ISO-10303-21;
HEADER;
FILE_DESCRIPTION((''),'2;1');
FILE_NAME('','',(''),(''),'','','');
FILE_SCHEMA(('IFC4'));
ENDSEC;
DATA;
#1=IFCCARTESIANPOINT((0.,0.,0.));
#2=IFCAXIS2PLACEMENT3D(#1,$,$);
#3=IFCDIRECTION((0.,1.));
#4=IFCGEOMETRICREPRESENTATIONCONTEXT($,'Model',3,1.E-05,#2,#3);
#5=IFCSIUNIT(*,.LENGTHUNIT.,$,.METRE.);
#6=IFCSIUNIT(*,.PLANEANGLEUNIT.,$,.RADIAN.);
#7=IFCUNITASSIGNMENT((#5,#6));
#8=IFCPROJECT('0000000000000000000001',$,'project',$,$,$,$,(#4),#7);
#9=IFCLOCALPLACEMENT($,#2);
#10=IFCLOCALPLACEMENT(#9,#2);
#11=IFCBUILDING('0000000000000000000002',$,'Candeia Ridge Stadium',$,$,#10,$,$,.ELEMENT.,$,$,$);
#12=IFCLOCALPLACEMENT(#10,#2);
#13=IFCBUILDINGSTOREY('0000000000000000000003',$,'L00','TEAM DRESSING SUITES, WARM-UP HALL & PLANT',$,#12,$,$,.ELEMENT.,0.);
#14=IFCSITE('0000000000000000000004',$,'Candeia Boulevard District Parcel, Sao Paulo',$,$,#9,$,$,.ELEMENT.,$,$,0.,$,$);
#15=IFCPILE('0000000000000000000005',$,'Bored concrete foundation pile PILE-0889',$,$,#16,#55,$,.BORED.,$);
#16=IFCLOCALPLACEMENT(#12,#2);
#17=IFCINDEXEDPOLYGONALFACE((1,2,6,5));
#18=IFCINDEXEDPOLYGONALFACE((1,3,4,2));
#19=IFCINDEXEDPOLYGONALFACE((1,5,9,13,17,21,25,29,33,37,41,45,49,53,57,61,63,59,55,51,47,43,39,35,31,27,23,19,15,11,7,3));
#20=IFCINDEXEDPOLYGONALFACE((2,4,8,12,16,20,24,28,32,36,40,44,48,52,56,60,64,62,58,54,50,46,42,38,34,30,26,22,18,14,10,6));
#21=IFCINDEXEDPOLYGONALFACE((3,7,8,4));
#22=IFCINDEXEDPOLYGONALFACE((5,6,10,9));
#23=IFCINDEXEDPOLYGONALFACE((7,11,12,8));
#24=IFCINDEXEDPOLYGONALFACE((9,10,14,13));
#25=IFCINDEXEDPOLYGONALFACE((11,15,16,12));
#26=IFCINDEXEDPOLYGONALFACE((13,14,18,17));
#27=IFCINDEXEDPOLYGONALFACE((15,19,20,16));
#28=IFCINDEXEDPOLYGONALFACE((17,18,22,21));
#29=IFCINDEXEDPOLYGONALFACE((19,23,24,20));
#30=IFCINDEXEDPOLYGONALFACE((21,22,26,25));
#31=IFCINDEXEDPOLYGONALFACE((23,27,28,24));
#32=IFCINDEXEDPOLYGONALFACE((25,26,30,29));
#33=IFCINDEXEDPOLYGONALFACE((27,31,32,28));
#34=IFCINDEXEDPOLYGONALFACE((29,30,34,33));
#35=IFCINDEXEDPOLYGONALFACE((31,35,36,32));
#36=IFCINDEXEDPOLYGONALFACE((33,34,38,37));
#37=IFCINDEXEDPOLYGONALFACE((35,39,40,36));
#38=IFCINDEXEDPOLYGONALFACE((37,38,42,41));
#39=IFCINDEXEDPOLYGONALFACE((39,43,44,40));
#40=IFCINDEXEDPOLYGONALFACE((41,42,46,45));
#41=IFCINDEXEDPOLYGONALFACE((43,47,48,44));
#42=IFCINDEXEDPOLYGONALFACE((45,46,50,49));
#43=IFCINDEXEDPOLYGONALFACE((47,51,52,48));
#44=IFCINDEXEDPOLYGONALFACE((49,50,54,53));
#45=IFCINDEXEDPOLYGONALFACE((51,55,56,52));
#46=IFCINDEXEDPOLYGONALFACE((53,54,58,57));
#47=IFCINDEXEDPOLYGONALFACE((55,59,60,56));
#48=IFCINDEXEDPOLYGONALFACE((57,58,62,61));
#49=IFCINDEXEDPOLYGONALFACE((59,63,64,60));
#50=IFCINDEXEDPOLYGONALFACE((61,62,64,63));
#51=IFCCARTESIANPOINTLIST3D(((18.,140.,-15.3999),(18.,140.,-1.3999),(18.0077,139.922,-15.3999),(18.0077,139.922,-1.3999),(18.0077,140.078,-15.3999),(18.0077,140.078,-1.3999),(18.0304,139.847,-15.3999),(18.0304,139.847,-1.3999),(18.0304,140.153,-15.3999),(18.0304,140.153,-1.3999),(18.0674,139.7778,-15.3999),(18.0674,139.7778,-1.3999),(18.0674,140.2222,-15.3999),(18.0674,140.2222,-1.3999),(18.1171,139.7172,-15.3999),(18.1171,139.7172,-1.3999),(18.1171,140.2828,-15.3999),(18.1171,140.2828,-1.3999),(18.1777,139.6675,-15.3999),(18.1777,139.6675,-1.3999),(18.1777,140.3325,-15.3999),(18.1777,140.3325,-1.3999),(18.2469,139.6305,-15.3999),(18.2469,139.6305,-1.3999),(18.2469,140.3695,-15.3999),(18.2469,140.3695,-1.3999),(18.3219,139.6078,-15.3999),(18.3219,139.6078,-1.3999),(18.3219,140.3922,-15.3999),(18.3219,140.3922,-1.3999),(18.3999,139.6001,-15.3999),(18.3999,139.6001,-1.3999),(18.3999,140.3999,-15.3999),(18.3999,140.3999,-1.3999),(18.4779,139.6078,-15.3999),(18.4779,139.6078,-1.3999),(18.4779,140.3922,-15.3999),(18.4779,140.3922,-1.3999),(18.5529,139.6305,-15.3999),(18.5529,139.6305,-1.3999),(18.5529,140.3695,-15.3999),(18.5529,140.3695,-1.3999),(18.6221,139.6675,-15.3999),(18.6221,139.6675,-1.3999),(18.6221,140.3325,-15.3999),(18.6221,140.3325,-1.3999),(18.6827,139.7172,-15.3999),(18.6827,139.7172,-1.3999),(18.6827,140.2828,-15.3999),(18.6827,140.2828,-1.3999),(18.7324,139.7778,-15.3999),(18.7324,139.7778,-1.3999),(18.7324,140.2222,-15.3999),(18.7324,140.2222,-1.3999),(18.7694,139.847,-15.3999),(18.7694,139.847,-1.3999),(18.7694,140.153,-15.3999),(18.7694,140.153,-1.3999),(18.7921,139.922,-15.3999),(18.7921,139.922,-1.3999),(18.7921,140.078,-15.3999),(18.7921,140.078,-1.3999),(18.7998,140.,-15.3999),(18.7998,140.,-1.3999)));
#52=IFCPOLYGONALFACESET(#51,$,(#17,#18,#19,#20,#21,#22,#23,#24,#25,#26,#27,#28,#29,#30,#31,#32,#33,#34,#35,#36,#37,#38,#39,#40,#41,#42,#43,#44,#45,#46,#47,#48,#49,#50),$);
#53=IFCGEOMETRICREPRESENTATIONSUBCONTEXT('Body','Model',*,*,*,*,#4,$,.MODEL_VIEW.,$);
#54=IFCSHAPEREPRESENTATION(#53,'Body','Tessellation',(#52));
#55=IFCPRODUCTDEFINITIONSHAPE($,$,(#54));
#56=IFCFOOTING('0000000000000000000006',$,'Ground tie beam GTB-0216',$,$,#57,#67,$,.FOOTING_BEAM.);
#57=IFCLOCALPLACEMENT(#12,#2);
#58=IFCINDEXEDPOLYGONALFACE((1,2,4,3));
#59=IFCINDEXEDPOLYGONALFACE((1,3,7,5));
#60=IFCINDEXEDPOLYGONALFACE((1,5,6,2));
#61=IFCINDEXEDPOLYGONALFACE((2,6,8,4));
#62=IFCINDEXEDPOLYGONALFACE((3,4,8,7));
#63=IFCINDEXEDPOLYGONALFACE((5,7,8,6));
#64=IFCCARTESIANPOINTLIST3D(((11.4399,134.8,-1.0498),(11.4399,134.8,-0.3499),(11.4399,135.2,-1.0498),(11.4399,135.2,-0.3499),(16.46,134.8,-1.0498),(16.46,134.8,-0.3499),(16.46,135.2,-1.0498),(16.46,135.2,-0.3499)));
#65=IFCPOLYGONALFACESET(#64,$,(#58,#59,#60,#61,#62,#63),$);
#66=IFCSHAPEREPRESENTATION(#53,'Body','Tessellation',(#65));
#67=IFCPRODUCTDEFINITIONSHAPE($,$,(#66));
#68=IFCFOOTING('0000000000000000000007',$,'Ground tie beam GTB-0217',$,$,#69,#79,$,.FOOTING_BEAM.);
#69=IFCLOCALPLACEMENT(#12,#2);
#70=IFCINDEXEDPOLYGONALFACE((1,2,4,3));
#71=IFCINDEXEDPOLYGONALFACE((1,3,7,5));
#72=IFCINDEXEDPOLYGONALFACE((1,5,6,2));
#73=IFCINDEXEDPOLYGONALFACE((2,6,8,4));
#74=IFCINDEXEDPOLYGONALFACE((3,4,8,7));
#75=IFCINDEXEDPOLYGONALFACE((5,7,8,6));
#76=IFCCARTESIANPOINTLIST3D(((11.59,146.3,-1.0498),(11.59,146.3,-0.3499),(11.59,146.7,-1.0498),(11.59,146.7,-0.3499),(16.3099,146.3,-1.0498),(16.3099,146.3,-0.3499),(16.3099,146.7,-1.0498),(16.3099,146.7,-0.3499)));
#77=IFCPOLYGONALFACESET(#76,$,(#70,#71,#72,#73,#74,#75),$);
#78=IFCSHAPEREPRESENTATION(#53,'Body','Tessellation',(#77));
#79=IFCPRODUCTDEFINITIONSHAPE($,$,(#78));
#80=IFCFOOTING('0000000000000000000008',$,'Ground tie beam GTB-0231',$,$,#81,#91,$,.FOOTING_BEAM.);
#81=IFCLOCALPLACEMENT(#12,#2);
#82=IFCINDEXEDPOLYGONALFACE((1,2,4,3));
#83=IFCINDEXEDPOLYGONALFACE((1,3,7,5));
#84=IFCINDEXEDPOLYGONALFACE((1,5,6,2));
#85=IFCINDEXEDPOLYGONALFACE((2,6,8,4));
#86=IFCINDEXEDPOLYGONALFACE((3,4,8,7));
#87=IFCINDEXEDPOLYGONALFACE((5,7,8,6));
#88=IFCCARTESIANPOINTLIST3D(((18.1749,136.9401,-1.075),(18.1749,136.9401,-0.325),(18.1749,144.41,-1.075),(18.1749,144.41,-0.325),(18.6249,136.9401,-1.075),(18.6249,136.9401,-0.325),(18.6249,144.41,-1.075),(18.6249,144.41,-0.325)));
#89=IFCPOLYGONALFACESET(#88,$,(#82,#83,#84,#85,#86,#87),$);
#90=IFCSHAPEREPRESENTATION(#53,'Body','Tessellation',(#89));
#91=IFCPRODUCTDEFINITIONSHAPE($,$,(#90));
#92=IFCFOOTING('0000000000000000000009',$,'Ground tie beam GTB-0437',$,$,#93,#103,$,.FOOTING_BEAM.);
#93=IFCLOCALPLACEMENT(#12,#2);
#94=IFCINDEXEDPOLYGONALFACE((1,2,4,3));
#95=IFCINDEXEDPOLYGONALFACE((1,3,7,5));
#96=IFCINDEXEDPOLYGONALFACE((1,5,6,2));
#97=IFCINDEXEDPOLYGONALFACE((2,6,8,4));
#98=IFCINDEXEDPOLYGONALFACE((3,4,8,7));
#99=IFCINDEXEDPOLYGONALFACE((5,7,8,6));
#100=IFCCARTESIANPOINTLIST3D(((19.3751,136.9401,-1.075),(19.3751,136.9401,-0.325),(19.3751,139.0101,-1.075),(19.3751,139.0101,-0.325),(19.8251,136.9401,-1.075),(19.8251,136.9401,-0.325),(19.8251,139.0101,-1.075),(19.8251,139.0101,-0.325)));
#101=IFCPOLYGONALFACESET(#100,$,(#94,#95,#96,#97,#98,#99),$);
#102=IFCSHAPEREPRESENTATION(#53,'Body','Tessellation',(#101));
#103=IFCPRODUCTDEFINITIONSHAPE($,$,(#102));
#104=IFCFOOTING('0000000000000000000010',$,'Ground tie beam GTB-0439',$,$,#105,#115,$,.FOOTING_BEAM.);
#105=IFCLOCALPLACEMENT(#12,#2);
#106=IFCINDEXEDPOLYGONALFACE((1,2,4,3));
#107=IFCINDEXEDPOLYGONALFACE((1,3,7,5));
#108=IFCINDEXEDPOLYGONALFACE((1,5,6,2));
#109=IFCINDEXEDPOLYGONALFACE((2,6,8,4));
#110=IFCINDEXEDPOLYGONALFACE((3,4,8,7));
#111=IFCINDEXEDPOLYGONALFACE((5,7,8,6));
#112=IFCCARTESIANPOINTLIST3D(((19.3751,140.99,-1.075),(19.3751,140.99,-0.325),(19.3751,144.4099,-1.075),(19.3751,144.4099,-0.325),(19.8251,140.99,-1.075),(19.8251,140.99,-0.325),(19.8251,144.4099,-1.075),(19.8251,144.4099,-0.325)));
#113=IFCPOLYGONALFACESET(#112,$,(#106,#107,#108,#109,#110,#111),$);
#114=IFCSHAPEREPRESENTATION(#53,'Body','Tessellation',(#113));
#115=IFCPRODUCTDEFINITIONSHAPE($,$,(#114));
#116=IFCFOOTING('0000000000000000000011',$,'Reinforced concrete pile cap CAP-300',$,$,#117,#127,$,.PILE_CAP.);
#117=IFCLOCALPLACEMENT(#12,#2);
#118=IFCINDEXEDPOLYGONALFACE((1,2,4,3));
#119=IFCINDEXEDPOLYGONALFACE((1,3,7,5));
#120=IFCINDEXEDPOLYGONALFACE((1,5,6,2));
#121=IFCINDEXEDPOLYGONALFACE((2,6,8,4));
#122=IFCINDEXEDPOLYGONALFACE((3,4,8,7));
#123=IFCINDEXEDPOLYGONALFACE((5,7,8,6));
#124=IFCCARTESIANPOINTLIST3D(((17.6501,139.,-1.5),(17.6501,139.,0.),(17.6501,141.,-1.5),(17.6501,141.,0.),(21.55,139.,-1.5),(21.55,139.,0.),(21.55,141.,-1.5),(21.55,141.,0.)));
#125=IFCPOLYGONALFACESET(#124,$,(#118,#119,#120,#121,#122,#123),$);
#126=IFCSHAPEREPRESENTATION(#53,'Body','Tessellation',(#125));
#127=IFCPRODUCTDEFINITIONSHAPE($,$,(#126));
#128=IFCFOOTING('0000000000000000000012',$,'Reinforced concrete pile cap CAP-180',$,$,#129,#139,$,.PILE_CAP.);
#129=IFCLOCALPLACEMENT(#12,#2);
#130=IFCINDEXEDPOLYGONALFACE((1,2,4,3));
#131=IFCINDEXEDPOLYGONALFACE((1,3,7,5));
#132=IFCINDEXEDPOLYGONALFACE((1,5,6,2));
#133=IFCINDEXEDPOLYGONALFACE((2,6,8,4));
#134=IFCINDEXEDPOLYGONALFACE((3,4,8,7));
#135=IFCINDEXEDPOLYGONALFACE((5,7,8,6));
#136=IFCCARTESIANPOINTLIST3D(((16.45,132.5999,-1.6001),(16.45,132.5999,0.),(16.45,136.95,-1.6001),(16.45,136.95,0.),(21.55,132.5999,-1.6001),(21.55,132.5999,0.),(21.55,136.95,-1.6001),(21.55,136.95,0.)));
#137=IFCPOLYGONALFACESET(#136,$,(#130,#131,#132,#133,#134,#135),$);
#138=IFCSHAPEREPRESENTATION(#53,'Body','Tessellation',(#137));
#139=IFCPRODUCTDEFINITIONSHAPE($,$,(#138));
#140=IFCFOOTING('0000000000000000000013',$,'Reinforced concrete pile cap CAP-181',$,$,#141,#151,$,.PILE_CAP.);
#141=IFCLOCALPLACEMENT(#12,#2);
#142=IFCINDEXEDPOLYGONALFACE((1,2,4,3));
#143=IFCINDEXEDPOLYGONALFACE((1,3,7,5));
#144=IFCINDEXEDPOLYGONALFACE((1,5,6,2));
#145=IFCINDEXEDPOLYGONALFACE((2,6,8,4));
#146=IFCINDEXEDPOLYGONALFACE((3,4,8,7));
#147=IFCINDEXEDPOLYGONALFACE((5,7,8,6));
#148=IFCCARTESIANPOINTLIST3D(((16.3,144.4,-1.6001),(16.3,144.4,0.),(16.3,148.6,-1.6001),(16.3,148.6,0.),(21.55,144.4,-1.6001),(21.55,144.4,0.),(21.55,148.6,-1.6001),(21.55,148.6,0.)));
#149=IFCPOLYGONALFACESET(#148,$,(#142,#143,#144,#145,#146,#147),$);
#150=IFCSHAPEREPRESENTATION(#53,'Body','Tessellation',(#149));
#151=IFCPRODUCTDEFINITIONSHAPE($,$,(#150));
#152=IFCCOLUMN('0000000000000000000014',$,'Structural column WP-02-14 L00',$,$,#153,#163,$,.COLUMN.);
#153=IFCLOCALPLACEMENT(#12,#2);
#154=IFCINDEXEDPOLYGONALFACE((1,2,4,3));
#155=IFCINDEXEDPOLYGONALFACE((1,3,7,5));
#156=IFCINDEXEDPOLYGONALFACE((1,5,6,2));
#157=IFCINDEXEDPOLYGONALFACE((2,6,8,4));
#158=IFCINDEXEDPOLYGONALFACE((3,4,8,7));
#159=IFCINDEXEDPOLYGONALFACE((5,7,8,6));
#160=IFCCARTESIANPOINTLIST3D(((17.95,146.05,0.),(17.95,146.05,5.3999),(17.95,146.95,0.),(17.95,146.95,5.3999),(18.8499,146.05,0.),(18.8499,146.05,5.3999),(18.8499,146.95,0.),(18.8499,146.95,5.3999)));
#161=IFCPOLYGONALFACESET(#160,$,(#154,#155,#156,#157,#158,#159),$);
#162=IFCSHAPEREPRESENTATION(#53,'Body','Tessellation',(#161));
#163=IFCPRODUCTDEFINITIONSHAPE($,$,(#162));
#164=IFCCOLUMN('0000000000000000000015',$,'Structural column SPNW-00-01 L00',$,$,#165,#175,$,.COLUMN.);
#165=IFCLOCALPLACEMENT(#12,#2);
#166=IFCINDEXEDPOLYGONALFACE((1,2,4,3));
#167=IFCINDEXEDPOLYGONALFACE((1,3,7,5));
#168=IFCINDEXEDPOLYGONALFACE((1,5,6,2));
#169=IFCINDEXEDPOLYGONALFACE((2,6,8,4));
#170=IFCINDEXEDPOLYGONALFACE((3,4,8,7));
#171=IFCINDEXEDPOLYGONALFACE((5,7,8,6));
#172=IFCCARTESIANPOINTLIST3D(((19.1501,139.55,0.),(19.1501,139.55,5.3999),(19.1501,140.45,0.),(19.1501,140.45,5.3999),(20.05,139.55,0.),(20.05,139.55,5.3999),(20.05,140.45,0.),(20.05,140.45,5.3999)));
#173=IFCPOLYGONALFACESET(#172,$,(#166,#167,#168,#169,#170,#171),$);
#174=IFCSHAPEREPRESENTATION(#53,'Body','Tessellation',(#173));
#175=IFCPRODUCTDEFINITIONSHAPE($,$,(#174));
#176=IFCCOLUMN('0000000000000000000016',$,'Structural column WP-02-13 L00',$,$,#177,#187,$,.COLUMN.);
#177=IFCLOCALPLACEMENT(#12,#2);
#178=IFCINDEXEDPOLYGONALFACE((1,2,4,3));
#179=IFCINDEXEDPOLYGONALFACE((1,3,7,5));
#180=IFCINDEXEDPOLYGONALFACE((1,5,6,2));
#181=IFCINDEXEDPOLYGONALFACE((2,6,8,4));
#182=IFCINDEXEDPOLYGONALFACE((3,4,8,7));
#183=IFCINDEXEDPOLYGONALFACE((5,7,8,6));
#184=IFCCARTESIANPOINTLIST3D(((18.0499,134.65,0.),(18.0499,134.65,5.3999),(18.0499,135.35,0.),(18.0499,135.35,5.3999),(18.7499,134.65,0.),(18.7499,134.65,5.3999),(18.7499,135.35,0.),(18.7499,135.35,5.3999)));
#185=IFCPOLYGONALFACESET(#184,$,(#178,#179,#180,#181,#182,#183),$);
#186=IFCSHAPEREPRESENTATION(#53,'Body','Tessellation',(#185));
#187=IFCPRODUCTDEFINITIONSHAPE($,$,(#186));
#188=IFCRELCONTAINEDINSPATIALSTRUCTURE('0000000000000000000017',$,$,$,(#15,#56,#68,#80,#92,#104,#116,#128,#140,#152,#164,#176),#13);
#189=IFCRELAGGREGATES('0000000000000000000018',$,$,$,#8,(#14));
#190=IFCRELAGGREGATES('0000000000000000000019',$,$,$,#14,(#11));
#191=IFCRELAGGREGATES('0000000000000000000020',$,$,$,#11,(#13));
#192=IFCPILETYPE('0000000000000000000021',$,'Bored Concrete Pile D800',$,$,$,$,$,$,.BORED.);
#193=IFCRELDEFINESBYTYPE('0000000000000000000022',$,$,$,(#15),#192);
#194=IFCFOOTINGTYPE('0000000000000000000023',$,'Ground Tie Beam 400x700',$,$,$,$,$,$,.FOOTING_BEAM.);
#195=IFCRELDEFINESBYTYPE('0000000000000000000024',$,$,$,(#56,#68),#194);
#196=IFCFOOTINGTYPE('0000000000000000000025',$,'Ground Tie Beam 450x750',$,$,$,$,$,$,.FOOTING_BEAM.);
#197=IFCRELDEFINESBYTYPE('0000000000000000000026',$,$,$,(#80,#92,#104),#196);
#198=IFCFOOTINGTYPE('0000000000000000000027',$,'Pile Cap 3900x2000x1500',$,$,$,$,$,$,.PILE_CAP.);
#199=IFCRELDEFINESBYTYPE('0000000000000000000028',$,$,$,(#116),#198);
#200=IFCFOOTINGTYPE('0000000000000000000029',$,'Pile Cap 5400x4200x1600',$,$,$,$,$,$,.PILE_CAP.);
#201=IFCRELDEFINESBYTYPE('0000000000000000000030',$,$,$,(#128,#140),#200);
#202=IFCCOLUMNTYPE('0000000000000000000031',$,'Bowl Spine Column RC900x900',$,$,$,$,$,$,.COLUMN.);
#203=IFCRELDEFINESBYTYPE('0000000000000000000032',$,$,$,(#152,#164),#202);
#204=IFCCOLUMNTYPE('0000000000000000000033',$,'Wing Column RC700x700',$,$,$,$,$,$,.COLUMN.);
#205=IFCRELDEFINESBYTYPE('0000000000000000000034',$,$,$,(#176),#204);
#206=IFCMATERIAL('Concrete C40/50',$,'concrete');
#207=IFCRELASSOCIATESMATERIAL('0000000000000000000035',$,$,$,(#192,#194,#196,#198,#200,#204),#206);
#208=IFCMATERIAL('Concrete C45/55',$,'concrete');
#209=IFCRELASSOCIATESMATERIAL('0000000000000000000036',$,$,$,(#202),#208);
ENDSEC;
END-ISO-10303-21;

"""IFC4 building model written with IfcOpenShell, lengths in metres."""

from ifc_helpers import new_model, si_unit, direction, frame, origin, origin_2d, place, context, subcontext, project, spatial, rectangle, circle, extrude, material, material_profile, profile_set, type_object, element, save


model = new_model("IFC4")

# Units and contexts
model_context = context("Model", 3, precision=1e-05, world=origin(), true_north=direction((0.0, 1.0)))
body_context = subcontext(model_context, "Body", "Model", "MODEL_VIEW")
ifc_project = project(units=[si_unit("LENGTHUNIT", "METRE"), si_unit("PLANEANGLEUNIT", "RADIAN")], contexts=[model_context])

# Site, building, storey
site_placement = place(None, origin())
site = spatial("IfcSite", under=ifc_project, at=site_placement, Name="Candeia Boulevard District Parcel, Sao Paulo", CompositionType="ELEMENT", RefElevation=0.0)
building_placement = place(site_placement, origin())
building = spatial("IfcBuilding", under=site, at=building_placement, Name="Candeia Ridge Stadium", CompositionType="ELEMENT")
storey_placement = place(building_placement, origin())
storey = spatial("IfcBuildingStorey", under=building, at=storey_placement, Name="L00", Description="TEAM DRESSING SUITES, WARM-UP HALL & PLANT", CompositionType="ELEMENT", Elevation=0.0)

# Pile
ifc_material_1 = material(Name="Concrete C40/50", Category="concrete")
ifc_material_profile_1 = material_profile(ifc_material_1, circle(Radius=0.3999, at=origin_2d()), Name="PILE-D800", Category="concrete")
ifc_profile_set_1 = profile_set([ifc_material_profile_1], Name="Concrete C40/50")
pile_type = type_object("IfcPileType", Name="Bored Concrete Pile D800", PredefinedType="BORED", material=ifc_profile_set_1)
for number, where, z_axis, x_axis, name in (
    (1, (18.3999, 140.0, -1.3999), (0.0, 0.0, -1.0), (1.0, 0.0, 0.0), "Bored concrete foundation pile PILE-0889"),
):
    element("IfcPile", number, at=place(storey_placement, frame(where, z_axis=z_axis, x_axis=x_axis)), inside=storey, type_object=pile_type, Name=name, PredefinedType="BORED", context=body_context, shape_type="SweptSolid", body=[
        extrude(circle(Radius=0.3999, at=origin_2d()), origin(), (0.0, 0.0, 1.0), 14.0),
    ])

# Footings
footing_type_1 = type_object("IfcFootingType", Name="Ground Tie Beam 400x700", PredefinedType="FOOTING_BEAM", material=ifc_material_1)
footing_1_placement = place(storey_placement, frame((13.95, 135.0, -1.0498), z_axis=(0.0, 0.0, 1.0), x_axis=(1.0, 0.0, 0.0)))
element("IfcFooting", 2, at=footing_1_placement, inside=storey, type_object=footing_type_1, Name="Ground tie beam GTB-0216", PredefinedType="FOOTING_BEAM", context=body_context, shape_type="SweptSolid", body=[
    extrude(rectangle(XDim=5.02, YDim=0.3999, at=origin_2d()), origin(), (0.0, 0.0, 1.0), 0.7),
])
footing_2_placement = place(storey_placement, frame((13.95, 146.5, -1.0498), z_axis=(0.0, 0.0, 1.0), x_axis=(1.0, 0.0, 0.0)))
element("IfcFooting", 3, at=footing_2_placement, inside=storey, type_object=footing_type_1, Name="Ground tie beam GTB-0217", PredefinedType="FOOTING_BEAM", context=body_context, shape_type="SweptSolid", body=[
    extrude(rectangle(XDim=4.72, YDim=0.3999, at=origin_2d()), origin(), (0.0, 0.0, 1.0), 0.7),
])
footing_type_2 = type_object("IfcFootingType", Name="Ground Tie Beam 450x750", PredefinedType="FOOTING_BEAM", material=ifc_material_1)
footing_3_placement = place(storey_placement, frame((18.3999, 140.675, -1.075), z_axis=(0.0, 0.0, 1.0), x_axis=(0.0, 1.0, 0.0)))
element("IfcFooting", 4, at=footing_3_placement, inside=storey, type_object=footing_type_2, Name="Ground tie beam GTB-0231", PredefinedType="FOOTING_BEAM", context=body_context, shape_type="SweptSolid", body=[
    extrude(rectangle(XDim=7.47, YDim=0.45, at=origin_2d()), origin(), (0.0, 0.0, 1.0), 0.75),
])
footing_4_placement = place(storey_placement, frame((19.6001, 137.9751, -1.075), z_axis=(0.0, 0.0, 1.0), x_axis=(0.0, 1.0, 0.0)))
element("IfcFooting", 5, at=footing_4_placement, inside=storey, type_object=footing_type_2, Name="Ground tie beam GTB-0437", PredefinedType="FOOTING_BEAM", context=body_context, shape_type="SweptSolid", body=[
    extrude(rectangle(XDim=2.0701, YDim=0.45, at=origin_2d()), origin(), (0.0, 0.0, 1.0), 0.75),
])
footing_5_placement = place(storey_placement, frame((19.6001, 142.7, -1.075), z_axis=(0.0, 0.0, 1.0), x_axis=(0.0, 1.0, 0.0)))
element("IfcFooting", 6, at=footing_5_placement, inside=storey, type_object=footing_type_2, Name="Ground tie beam GTB-0439", PredefinedType="FOOTING_BEAM", context=body_context, shape_type="SweptSolid", body=[
    extrude(rectangle(XDim=3.4199, YDim=0.45, at=origin_2d()), origin(), (0.0, 0.0, 1.0), 0.75),
])
footing_type_3 = type_object("IfcFootingType", Name="Pile Cap 3900x2000x1500", PredefinedType="PILE_CAP", material=ifc_material_1)
footing_6_placement = place(storey_placement, frame((19.6001, 140.0, -1.5), z_axis=(0.0, 0.0, 1.0), x_axis=(1.0, 0.0, 0.0)))
element("IfcFooting", 7, at=footing_6_placement, inside=storey, type_object=footing_type_3, Name="Reinforced concrete pile cap CAP-300", PredefinedType="PILE_CAP", context=body_context, shape_type="SweptSolid", body=[
    extrude(rectangle(XDim=3.8999, YDim=2.0, at=origin_2d()), origin(), (0.0, 0.0, 1.0), 1.5),
])
footing_type_4 = type_object("IfcFootingType", Name="Pile Cap 5400x4200x1600", PredefinedType="PILE_CAP", material=ifc_material_1)
footing_7_placement = place(storey_placement, frame((19.0, 134.7749, -1.6001), z_axis=(0.0, 0.0, 1.0), x_axis=(1.0, 0.0, 0.0)))
element("IfcFooting", 8, at=footing_7_placement, inside=storey, type_object=footing_type_4, Name="Reinforced concrete pile cap CAP-180", PredefinedType="PILE_CAP", context=body_context, shape_type="SweptSolid", body=[
    extrude(rectangle(XDim=5.1001, YDim=4.3501, at=origin_2d()), origin(), (0.0, 0.0, 1.0), 1.6001),
])
footing_8_placement = place(storey_placement, frame((18.925, 146.5, -1.6001), z_axis=(0.0, 0.0, 1.0), x_axis=(1.0, 0.0, 0.0)))
element("IfcFooting", 9, at=footing_8_placement, inside=storey, type_object=footing_type_4, Name="Reinforced concrete pile cap CAP-181", PredefinedType="PILE_CAP", context=body_context, shape_type="SweptSolid", body=[
    extrude(rectangle(XDim=5.25, YDim=4.2, at=origin_2d()), origin(), (0.0, 0.0, 1.0), 1.6001),
])

# Columns
ifc_material_2 = material(Name="Concrete C45/55", Category="concrete")
ifc_material_profile_2 = material_profile(ifc_material_2, rectangle(XDim=0.8999, YDim=0.8999, at=origin_2d()), Name="RC900x900", Category="concrete")
ifc_profile_set_2 = profile_set([ifc_material_profile_2], Name="Concrete C45/55")
column_type_1 = type_object("IfcColumnType", Name="Bowl Spine Column RC900x900", PredefinedType="COLUMN", material=ifc_profile_set_2)
for number, where, z_axis, x_axis, name in (
    (10, (18.3999, 146.5, 0.0), (0.0, 0.0, 1.0), (1.0, 0.0, 0.0), "Structural column WP-02-14 L00"),
    (11, (19.6001, 140.0, 0.0), (0.0, 0.0, 1.0), (1.0, 0.0, 0.0), "Structural column SPNW-00-01 L00"),
):
    element("IfcColumn", number, at=place(storey_placement, frame(where, z_axis=z_axis, x_axis=x_axis)), inside=storey, type_object=column_type_1, Name=name, PredefinedType="COLUMN", context=body_context, shape_type="SweptSolid", body=[
        extrude(rectangle(XDim=0.8999, YDim=0.8999, at=origin_2d()), origin(), (0.0, 0.0, 1.0), 5.3999),
    ])
ifc_material_profile_3 = material_profile(ifc_material_1, rectangle(XDim=0.7, YDim=0.7, at=origin_2d()), Name="RC700x700", Category="concrete")
ifc_profile_set_3 = profile_set([ifc_material_profile_3], Name="Concrete C40/50")
column_type_2 = type_object("IfcColumnType", Name="Wing Column RC700x700", PredefinedType="COLUMN", material=ifc_profile_set_3)
for number, where, z_axis, x_axis, name in (
    (12, (18.3999, 135.0, 0.0), (0.0, 0.0, 1.0), (1.0, 0.0, 0.0), "Structural column WP-02-13 L00"),
):
    element("IfcColumn", number, at=place(storey_placement, frame(where, z_axis=z_axis, x_axis=x_axis)), inside=storey, type_object=column_type_2, Name=name, PredefinedType="COLUMN", context=body_context, shape_type="SweptSolid", body=[
        extrude(rectangle(XDim=0.7, YDim=0.7, at=origin_2d()), origin(), (0.0, 0.0, 1.0), 5.3999),
    ])

save(model, "model.ifc")
